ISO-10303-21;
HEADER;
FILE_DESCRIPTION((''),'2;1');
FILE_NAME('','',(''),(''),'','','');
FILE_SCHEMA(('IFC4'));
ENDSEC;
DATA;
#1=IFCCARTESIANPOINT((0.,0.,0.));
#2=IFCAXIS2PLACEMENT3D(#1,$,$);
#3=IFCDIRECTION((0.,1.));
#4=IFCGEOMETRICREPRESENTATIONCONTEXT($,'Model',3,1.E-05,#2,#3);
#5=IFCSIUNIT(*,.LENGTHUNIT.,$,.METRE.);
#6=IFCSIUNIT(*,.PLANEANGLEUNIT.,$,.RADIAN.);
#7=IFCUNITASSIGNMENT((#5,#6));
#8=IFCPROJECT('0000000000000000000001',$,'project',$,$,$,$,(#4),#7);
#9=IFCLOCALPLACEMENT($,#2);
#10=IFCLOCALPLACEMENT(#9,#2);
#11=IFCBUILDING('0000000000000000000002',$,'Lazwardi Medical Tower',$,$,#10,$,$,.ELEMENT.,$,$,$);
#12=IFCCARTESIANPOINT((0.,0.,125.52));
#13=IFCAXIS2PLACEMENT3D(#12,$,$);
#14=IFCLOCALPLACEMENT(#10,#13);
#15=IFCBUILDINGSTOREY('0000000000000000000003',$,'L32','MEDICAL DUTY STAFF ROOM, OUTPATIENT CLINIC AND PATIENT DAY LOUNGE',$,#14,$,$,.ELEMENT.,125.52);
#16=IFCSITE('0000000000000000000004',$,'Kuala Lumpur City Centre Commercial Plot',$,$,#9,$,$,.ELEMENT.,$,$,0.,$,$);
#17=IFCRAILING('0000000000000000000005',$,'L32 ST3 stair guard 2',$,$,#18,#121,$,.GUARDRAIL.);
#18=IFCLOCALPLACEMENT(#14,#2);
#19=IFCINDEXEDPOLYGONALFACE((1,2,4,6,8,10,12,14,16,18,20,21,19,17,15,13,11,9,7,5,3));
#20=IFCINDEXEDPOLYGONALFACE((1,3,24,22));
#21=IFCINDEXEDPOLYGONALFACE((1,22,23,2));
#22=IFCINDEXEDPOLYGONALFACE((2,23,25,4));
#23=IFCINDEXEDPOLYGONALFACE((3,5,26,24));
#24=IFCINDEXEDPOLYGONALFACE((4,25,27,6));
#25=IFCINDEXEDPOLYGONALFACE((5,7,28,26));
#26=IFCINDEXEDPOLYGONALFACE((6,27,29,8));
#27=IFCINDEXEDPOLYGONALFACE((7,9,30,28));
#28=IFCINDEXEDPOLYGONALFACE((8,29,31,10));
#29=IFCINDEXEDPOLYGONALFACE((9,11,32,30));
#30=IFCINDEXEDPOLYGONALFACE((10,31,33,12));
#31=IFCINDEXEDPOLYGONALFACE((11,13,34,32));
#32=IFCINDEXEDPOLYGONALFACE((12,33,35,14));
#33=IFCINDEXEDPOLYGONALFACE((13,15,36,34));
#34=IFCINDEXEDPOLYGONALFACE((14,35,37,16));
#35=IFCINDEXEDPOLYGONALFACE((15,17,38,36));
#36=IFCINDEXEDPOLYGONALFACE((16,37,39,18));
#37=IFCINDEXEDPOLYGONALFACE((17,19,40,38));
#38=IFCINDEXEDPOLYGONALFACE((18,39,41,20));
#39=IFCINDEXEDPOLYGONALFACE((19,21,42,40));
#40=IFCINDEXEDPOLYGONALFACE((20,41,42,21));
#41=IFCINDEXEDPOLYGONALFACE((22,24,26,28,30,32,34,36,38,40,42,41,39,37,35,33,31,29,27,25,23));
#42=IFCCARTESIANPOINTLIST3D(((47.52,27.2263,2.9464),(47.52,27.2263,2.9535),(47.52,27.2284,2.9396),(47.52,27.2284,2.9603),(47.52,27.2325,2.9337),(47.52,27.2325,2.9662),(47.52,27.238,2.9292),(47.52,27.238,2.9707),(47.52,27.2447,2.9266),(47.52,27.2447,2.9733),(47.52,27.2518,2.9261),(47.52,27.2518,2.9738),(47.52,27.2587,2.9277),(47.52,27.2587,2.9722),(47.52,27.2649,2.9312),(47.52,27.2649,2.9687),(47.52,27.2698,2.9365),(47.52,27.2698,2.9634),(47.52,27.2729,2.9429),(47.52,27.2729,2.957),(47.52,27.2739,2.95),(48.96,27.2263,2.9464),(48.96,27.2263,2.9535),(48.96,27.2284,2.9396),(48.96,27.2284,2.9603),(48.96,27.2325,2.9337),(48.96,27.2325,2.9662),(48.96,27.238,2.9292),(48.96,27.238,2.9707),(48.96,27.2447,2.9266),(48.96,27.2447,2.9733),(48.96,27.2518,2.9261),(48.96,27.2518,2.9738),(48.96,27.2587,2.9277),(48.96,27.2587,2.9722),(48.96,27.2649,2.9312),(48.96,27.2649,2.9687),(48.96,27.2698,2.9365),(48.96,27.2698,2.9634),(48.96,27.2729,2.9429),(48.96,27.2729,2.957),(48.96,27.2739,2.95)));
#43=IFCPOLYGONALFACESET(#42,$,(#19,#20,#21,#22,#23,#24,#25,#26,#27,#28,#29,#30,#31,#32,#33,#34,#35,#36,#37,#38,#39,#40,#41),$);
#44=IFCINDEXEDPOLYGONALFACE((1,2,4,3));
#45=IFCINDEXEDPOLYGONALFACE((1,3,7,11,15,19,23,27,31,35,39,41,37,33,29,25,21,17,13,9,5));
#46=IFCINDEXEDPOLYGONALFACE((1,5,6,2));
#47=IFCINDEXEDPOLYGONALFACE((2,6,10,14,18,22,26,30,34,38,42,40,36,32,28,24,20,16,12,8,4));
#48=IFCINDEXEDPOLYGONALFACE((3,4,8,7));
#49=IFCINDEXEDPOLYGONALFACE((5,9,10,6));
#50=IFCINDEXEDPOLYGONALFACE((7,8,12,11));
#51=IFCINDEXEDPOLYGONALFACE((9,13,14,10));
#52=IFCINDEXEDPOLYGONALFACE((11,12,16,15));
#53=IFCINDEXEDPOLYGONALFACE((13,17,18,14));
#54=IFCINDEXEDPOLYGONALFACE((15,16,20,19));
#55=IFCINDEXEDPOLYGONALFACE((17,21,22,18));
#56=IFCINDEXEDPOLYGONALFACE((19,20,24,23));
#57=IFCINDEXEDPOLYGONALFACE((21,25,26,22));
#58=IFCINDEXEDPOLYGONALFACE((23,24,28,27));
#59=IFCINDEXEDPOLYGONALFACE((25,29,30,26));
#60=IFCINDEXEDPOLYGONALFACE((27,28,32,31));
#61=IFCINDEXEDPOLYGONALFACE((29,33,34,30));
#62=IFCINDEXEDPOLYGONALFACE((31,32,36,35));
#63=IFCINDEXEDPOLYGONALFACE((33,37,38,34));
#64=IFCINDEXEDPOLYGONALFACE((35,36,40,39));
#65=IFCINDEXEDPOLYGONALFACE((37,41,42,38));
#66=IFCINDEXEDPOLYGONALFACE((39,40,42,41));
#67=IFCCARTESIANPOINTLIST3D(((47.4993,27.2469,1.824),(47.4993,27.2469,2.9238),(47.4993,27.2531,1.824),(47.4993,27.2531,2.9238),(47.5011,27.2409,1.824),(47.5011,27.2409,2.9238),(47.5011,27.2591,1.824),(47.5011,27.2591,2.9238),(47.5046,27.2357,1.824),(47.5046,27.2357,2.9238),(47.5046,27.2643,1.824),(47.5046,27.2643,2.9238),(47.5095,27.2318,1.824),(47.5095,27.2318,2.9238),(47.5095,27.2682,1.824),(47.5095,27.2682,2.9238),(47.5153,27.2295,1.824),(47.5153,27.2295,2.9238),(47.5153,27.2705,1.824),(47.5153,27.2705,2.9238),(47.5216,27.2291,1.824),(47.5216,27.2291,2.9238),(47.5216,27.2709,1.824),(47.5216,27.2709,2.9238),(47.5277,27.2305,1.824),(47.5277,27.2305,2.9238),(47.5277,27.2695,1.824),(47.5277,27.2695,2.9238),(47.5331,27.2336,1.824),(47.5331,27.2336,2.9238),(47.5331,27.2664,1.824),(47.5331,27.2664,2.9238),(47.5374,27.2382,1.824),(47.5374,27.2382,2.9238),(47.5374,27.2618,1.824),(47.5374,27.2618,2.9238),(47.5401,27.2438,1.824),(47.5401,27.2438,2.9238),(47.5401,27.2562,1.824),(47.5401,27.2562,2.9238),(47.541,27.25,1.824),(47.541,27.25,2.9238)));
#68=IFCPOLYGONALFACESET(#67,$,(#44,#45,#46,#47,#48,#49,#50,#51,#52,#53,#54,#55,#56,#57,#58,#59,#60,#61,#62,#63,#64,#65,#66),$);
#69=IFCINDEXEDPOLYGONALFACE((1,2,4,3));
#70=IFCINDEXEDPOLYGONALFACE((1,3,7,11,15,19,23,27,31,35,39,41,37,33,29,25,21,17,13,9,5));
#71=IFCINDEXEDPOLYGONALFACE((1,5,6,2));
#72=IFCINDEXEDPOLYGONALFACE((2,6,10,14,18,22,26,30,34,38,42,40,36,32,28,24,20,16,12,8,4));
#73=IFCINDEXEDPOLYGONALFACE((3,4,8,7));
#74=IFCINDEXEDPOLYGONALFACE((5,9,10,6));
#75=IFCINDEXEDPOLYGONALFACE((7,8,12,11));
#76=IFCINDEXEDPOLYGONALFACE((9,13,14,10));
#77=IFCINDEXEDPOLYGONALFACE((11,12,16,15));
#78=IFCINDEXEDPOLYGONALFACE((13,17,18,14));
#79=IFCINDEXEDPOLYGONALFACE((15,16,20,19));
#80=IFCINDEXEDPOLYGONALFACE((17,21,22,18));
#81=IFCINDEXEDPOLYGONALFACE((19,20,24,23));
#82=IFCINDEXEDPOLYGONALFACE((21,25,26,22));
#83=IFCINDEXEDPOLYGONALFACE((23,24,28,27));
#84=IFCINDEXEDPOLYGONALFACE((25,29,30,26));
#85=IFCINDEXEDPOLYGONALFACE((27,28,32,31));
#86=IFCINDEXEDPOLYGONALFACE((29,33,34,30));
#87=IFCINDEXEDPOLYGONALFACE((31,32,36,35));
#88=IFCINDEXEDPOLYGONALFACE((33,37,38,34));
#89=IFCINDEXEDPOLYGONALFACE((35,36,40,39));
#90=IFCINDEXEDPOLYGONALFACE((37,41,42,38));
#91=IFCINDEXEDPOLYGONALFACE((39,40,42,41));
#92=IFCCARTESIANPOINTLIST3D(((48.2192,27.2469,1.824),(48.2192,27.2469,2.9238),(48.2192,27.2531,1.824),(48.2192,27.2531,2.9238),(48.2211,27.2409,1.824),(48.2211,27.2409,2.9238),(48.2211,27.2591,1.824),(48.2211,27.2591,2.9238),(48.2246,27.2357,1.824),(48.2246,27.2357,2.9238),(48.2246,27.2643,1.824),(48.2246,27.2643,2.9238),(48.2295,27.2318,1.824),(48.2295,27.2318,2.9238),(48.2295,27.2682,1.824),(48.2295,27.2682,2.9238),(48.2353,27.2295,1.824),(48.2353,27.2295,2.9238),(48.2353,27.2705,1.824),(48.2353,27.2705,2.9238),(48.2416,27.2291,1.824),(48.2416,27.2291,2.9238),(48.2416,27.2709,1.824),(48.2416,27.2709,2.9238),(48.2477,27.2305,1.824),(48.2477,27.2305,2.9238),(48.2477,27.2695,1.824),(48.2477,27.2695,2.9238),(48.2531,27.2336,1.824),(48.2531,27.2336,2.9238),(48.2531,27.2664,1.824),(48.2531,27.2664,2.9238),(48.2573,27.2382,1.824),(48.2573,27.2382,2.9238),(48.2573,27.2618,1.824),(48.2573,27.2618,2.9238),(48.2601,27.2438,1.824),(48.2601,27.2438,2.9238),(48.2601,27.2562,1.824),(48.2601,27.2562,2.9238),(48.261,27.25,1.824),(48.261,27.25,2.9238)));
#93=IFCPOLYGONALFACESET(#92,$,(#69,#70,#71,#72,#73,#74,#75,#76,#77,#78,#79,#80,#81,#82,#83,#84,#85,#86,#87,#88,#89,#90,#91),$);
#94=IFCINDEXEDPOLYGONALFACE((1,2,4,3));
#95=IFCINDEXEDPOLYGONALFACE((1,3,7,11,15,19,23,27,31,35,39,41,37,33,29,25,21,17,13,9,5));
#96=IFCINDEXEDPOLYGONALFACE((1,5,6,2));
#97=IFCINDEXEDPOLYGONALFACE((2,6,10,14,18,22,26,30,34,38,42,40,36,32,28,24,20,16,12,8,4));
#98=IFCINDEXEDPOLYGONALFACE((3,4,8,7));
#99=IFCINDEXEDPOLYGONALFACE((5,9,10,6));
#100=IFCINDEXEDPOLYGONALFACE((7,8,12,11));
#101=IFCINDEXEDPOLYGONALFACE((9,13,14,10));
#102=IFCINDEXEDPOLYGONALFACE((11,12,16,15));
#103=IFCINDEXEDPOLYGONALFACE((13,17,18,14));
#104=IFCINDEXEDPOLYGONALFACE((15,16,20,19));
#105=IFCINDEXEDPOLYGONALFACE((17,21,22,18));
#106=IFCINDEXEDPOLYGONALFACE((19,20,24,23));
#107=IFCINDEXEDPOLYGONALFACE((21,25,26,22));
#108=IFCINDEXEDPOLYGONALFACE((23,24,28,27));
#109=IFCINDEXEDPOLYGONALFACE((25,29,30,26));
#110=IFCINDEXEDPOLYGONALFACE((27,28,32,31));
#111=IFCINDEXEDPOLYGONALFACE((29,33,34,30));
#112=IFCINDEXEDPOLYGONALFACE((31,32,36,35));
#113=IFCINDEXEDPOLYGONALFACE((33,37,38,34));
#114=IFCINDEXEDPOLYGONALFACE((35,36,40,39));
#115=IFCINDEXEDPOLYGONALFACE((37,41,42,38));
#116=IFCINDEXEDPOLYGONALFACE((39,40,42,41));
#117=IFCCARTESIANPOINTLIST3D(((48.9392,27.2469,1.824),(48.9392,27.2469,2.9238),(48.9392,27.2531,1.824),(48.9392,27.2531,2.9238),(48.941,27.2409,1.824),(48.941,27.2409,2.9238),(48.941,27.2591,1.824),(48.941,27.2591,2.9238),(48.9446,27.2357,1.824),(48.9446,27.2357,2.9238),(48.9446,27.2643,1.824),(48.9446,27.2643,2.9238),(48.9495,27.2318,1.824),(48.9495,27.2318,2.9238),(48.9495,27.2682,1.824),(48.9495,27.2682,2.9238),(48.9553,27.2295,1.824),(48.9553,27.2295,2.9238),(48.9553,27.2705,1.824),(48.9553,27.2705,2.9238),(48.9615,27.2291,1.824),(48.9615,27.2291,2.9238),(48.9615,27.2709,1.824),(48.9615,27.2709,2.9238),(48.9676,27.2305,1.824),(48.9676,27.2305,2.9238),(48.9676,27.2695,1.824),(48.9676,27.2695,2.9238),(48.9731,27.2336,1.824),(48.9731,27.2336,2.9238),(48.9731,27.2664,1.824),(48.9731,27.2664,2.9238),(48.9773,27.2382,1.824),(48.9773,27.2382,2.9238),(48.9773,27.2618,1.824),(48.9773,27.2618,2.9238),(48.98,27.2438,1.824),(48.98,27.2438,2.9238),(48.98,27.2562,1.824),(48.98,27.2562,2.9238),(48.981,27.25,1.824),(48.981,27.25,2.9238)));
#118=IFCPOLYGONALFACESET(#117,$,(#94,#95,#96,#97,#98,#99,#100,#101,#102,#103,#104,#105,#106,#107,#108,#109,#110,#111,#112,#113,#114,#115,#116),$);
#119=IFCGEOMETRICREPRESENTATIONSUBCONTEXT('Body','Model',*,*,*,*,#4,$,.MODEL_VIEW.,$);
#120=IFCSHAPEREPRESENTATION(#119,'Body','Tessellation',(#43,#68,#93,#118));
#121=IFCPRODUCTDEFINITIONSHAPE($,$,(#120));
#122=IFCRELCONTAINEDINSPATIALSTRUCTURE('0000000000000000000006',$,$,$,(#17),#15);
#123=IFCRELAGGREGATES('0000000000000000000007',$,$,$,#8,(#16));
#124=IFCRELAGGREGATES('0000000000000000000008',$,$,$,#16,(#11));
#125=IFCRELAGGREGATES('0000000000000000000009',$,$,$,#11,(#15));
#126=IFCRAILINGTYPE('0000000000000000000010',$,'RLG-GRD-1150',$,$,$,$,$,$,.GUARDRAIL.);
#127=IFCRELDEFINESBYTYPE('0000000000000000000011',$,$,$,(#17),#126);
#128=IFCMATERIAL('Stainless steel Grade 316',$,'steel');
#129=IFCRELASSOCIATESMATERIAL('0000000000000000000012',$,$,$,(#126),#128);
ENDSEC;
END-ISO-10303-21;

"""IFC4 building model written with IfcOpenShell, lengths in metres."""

from ifc_helpers import new_model, si_unit, direction, frame, origin, origin_2d, place, context, subcontext, project, spatial, circle, extrude, material, type_object, element, save


model = new_model("IFC4")

# Units and contexts
model_context = context("Model", 3, precision=1e-05, world=origin(), true_north=direction((0.0, 1.0)))
body_context = subcontext(model_context, "Body", "Model", "MODEL_VIEW")
ifc_project = project(units=[si_unit("LENGTHUNIT", "METRE"), si_unit("PLANEANGLEUNIT", "RADIAN")], contexts=[model_context])

# Site, building, storey
site_placement = place(None, origin())
site = spatial("IfcSite", under=ifc_project, at=site_placement, Name="Kuala Lumpur City Centre Commercial Plot", CompositionType="ELEMENT", RefElevation=0.0)
building_placement = place(site_placement, origin())
building = spatial("IfcBuilding", under=site, at=building_placement, Name="Lazwardi Medical Tower", CompositionType="ELEMENT")
storey_placement = place(building_placement, frame((0.0, 0.0, 125.52)))
storey = spatial("IfcBuildingStorey", under=building, at=storey_placement, Name="L32", Description="MEDICAL DUTY STAFF ROOM, OUTPATIENT CLINIC AND PATIENT DAY LOUNGE", CompositionType="ELEMENT", Elevation=125.52)

# Railing
ifc_material_1 = material(Name="Stainless steel Grade 316", Category="steel")
railing_type_1 = type_object("IfcRailingType", Name="RLG-GRD-1150", PredefinedType="GUARDRAIL", material=ifc_material_1)
railing_1_placement = place(storey_placement, frame((47.52, 27.25, 1.824)))
element("IfcRailing", 1, at=railing_1_placement, inside=storey, type_object=railing_type_1, Name="L32 ST3 stair guard 2", PredefinedType="GUARDRAIL", context=body_context, shape_type="SweptSolid", body=[
    extrude(circle(Radius=0.0239, at=origin_2d()), frame((0.0, 0.0, 1.126), z_axis=(1.0, 0.0, 0.0), x_axis=(0.0, 1.0, 0.0)), (0.0, 0.0, 1.0), 1.4399),
    extrude(circle(Radius=0.021, at=origin_2d()), origin(), (0.0, 0.0, 1.0), 1.0999),
    extrude(circle(Radius=0.021, at=origin_2d()), frame((0.72, 0.0, 0.0)), (0.0, 0.0, 1.0), 1.0999),
    extrude(circle(Radius=0.021, at=origin_2d()), frame((1.4399, 0.0, 0.0)), (0.0, 0.0, 1.0), 1.0999),
])

save(model, "model.ifc")
